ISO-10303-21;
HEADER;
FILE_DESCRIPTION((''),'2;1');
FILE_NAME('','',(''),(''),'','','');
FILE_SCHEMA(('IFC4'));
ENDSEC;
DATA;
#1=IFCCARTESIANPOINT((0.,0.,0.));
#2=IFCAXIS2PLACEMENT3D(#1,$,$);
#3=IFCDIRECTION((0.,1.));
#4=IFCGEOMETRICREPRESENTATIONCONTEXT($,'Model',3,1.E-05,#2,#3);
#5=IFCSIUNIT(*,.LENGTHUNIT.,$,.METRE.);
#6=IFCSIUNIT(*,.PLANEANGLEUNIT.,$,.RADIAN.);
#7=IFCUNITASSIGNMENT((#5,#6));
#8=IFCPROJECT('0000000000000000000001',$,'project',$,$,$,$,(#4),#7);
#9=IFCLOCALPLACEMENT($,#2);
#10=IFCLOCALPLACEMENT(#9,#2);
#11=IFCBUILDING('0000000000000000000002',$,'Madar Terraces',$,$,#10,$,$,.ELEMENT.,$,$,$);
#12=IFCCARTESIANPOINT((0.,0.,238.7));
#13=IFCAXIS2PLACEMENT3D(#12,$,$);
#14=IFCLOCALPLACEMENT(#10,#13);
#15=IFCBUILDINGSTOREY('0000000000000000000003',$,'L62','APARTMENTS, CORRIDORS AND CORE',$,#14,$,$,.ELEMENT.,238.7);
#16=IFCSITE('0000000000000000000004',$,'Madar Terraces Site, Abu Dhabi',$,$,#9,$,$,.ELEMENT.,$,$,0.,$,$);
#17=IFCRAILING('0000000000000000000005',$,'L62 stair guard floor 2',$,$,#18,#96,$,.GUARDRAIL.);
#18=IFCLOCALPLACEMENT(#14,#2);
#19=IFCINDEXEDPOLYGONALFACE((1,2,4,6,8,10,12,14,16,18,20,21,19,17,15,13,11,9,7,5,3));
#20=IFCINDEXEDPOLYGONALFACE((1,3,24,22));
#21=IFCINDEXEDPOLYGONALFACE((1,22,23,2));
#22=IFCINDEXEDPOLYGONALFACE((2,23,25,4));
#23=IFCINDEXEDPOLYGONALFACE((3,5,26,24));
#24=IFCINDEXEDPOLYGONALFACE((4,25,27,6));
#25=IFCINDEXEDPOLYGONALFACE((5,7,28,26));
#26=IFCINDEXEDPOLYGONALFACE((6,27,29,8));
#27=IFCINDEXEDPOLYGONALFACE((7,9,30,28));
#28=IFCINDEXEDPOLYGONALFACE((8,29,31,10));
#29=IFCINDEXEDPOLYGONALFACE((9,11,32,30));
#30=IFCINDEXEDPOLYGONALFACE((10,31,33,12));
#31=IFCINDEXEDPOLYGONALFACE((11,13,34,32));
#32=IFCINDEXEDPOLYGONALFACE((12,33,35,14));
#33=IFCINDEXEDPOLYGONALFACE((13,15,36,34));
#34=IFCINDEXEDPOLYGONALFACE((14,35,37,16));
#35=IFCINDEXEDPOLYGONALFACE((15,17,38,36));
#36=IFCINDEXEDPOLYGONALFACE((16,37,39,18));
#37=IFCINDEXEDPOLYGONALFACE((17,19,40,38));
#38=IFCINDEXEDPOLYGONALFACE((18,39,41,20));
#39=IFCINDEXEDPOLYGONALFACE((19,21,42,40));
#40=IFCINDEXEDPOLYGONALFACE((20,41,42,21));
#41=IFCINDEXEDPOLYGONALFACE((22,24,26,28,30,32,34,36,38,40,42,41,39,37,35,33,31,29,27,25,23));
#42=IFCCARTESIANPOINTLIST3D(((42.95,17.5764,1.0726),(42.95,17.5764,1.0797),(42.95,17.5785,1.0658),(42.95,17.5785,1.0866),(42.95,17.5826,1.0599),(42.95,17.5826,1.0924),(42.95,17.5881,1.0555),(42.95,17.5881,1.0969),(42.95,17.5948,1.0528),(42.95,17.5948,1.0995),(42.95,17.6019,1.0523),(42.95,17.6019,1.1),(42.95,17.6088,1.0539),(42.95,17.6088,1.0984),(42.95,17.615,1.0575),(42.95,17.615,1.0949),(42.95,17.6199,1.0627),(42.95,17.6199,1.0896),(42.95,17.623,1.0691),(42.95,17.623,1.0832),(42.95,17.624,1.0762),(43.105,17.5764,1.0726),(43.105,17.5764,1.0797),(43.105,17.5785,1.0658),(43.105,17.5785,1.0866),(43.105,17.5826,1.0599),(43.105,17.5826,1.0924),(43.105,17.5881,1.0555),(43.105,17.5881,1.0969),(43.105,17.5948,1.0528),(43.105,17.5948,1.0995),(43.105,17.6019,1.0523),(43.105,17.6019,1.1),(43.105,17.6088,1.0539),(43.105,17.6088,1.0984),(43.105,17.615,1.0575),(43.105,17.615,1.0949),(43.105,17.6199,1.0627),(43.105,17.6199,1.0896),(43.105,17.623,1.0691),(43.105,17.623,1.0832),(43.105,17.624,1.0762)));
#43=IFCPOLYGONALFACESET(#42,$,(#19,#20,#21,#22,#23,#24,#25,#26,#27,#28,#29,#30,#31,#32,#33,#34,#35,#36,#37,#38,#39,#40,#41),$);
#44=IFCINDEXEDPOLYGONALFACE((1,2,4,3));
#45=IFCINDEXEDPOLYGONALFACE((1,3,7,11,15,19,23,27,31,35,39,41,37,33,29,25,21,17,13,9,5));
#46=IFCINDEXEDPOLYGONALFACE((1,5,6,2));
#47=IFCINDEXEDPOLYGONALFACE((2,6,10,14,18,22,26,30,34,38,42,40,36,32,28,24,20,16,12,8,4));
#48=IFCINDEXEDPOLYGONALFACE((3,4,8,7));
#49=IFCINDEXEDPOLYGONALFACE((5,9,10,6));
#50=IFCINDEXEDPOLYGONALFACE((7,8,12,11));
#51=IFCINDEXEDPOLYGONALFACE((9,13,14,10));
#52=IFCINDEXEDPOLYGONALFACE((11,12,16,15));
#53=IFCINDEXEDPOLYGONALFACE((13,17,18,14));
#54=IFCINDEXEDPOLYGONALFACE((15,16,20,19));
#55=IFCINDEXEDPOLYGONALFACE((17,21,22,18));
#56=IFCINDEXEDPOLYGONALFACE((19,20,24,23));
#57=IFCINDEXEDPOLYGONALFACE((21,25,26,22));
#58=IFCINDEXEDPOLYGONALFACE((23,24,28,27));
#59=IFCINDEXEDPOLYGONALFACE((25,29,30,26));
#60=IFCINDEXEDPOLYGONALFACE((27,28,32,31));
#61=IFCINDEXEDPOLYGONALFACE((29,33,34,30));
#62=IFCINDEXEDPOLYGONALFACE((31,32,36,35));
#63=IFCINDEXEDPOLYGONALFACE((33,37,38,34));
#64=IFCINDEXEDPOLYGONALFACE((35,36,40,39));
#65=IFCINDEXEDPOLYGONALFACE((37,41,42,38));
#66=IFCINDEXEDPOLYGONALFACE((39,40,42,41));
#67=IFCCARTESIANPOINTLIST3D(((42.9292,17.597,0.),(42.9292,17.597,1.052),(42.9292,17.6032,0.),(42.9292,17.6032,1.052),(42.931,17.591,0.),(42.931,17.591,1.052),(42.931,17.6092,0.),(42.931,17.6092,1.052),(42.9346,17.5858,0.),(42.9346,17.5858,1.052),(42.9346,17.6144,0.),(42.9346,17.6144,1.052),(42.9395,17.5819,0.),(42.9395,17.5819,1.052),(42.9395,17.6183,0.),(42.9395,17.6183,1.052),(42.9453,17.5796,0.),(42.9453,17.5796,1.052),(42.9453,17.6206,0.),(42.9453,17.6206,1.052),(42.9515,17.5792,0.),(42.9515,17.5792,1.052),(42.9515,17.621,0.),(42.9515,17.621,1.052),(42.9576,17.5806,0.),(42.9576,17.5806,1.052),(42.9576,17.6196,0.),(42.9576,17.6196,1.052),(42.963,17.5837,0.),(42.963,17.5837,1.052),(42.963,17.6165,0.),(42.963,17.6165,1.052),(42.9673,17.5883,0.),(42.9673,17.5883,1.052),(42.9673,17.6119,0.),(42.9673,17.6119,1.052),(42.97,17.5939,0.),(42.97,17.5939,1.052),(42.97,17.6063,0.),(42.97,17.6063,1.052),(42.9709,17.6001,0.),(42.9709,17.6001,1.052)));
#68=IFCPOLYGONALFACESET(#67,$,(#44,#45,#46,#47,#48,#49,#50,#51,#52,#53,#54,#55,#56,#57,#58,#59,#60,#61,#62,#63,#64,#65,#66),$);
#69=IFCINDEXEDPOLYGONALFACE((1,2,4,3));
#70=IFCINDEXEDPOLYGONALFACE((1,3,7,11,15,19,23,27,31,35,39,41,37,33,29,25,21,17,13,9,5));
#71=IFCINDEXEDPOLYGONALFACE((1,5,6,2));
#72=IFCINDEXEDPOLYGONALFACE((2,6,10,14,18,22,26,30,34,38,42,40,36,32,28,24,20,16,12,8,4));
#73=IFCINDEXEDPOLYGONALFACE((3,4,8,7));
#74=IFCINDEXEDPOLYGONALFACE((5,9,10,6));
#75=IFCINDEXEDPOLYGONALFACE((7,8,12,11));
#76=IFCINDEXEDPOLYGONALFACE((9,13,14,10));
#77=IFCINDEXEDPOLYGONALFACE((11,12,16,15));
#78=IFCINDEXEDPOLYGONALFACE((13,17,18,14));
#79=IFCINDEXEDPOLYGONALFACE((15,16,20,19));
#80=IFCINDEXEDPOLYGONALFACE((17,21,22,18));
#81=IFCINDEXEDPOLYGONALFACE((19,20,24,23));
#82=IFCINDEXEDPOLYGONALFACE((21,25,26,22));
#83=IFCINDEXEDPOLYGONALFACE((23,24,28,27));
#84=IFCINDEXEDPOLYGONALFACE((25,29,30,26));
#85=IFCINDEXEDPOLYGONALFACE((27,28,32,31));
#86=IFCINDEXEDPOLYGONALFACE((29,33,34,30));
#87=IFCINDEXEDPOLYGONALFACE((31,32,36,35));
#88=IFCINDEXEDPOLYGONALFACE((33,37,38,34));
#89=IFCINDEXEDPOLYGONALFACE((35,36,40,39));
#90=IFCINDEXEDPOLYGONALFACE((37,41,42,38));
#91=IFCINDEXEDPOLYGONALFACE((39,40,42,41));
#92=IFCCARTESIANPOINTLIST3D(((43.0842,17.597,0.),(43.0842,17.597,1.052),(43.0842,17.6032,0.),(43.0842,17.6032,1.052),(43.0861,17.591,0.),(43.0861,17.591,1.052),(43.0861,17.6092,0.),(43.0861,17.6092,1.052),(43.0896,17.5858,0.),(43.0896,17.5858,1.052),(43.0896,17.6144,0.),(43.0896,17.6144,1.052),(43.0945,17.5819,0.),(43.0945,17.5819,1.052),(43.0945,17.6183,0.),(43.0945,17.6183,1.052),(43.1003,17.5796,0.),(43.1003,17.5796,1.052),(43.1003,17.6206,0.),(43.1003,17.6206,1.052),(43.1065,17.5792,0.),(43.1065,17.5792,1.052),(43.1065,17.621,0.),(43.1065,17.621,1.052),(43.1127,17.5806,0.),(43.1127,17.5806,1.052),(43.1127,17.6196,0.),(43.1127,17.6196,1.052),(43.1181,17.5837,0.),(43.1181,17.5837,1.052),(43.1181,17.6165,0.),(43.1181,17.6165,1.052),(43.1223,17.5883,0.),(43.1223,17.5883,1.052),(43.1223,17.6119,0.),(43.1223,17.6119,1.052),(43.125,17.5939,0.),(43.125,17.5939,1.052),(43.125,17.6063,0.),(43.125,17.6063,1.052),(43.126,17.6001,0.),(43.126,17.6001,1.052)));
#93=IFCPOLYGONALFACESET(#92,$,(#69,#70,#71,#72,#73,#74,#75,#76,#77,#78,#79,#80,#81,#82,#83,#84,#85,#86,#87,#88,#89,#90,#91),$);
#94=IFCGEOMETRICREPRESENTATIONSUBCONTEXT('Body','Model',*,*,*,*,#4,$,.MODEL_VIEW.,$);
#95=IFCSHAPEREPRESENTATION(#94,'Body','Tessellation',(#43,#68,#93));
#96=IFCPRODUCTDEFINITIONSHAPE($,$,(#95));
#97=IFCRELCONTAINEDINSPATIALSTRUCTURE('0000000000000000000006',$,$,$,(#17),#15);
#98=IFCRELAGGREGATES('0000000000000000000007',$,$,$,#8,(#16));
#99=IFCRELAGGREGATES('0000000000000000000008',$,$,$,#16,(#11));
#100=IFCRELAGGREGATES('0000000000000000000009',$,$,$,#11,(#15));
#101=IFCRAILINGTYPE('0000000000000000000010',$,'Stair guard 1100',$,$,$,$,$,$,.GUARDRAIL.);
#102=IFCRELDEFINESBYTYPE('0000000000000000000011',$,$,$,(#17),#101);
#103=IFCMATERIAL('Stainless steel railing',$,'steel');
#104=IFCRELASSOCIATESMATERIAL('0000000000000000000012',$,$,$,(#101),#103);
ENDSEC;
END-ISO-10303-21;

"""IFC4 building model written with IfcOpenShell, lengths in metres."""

from ifc_helpers import new_model, si_unit, direction, frame, origin, origin_2d, place, context, subcontext, project, spatial, circle, extrude, material, type_object, element, save


model = new_model("IFC4")

# Units and contexts
model_context = context("Model", 3, precision=1e-05, world=origin(), true_north=direction((0.0, 1.0)))
body_context = subcontext(model_context, "Body", "Model", "MODEL_VIEW")
ifc_project = project(units=[si_unit("LENGTHUNIT", "METRE"), si_unit("PLANEANGLEUNIT", "RADIAN")], contexts=[model_context])

# Site, building, storey
site_placement = place(None, origin())
site = spatial("IfcSite", under=ifc_project, at=site_placement, Name="Madar Terraces Site, Abu Dhabi", CompositionType="ELEMENT", RefElevation=0.0)
building_placement = place(site_placement, origin())
building = spatial("IfcBuilding", under=site, at=building_placement, Name="Madar Terraces", CompositionType="ELEMENT")
storey_placement = place(building_placement, frame((0.0, 0.0, 238.7)))
storey = spatial("IfcBuildingStorey", under=building, at=storey_placement, Name="L62", Description="APARTMENTS, CORRIDORS AND CORE", CompositionType="ELEMENT", Elevation=238.7)

# Railing
ifc_material_1 = material(Name="Stainless steel railing", Category="steel")
railing_type_1 = type_object("IfcRailingType", Name="Stair guard 1100", PredefinedType="GUARDRAIL", material=ifc_material_1)
for number, where, name in (
    (1, (42.95, 17.6001, 0.0), "L62 stair guard floor 2"),
):
    element("IfcRailing", number, at=place(storey_placement, frame(where)), inside=storey, type_object=railing_type_1, Name=name, PredefinedType="GUARDRAIL", context=body_context, shape_type="SweptSolid", body=[
        extrude(circle(Radius=0.0239, at=origin_2d()), frame((0.0, 0.0, 1.0762), z_axis=(1.0, 0.0, 0.0), x_axis=(0.0, 1.0, 0.0)), (0.0, 0.0, 1.0), 0.155),
        extrude(circle(Radius=0.021, at=origin_2d()), origin(), (0.0, 0.0, 1.0), 1.052),
        extrude(circle(Radius=0.021, at=origin_2d()), frame((0.155, 0.0, 0.0)), (0.0, 0.0, 1.0), 1.052),
    ])

save(model, "model.ifc")
